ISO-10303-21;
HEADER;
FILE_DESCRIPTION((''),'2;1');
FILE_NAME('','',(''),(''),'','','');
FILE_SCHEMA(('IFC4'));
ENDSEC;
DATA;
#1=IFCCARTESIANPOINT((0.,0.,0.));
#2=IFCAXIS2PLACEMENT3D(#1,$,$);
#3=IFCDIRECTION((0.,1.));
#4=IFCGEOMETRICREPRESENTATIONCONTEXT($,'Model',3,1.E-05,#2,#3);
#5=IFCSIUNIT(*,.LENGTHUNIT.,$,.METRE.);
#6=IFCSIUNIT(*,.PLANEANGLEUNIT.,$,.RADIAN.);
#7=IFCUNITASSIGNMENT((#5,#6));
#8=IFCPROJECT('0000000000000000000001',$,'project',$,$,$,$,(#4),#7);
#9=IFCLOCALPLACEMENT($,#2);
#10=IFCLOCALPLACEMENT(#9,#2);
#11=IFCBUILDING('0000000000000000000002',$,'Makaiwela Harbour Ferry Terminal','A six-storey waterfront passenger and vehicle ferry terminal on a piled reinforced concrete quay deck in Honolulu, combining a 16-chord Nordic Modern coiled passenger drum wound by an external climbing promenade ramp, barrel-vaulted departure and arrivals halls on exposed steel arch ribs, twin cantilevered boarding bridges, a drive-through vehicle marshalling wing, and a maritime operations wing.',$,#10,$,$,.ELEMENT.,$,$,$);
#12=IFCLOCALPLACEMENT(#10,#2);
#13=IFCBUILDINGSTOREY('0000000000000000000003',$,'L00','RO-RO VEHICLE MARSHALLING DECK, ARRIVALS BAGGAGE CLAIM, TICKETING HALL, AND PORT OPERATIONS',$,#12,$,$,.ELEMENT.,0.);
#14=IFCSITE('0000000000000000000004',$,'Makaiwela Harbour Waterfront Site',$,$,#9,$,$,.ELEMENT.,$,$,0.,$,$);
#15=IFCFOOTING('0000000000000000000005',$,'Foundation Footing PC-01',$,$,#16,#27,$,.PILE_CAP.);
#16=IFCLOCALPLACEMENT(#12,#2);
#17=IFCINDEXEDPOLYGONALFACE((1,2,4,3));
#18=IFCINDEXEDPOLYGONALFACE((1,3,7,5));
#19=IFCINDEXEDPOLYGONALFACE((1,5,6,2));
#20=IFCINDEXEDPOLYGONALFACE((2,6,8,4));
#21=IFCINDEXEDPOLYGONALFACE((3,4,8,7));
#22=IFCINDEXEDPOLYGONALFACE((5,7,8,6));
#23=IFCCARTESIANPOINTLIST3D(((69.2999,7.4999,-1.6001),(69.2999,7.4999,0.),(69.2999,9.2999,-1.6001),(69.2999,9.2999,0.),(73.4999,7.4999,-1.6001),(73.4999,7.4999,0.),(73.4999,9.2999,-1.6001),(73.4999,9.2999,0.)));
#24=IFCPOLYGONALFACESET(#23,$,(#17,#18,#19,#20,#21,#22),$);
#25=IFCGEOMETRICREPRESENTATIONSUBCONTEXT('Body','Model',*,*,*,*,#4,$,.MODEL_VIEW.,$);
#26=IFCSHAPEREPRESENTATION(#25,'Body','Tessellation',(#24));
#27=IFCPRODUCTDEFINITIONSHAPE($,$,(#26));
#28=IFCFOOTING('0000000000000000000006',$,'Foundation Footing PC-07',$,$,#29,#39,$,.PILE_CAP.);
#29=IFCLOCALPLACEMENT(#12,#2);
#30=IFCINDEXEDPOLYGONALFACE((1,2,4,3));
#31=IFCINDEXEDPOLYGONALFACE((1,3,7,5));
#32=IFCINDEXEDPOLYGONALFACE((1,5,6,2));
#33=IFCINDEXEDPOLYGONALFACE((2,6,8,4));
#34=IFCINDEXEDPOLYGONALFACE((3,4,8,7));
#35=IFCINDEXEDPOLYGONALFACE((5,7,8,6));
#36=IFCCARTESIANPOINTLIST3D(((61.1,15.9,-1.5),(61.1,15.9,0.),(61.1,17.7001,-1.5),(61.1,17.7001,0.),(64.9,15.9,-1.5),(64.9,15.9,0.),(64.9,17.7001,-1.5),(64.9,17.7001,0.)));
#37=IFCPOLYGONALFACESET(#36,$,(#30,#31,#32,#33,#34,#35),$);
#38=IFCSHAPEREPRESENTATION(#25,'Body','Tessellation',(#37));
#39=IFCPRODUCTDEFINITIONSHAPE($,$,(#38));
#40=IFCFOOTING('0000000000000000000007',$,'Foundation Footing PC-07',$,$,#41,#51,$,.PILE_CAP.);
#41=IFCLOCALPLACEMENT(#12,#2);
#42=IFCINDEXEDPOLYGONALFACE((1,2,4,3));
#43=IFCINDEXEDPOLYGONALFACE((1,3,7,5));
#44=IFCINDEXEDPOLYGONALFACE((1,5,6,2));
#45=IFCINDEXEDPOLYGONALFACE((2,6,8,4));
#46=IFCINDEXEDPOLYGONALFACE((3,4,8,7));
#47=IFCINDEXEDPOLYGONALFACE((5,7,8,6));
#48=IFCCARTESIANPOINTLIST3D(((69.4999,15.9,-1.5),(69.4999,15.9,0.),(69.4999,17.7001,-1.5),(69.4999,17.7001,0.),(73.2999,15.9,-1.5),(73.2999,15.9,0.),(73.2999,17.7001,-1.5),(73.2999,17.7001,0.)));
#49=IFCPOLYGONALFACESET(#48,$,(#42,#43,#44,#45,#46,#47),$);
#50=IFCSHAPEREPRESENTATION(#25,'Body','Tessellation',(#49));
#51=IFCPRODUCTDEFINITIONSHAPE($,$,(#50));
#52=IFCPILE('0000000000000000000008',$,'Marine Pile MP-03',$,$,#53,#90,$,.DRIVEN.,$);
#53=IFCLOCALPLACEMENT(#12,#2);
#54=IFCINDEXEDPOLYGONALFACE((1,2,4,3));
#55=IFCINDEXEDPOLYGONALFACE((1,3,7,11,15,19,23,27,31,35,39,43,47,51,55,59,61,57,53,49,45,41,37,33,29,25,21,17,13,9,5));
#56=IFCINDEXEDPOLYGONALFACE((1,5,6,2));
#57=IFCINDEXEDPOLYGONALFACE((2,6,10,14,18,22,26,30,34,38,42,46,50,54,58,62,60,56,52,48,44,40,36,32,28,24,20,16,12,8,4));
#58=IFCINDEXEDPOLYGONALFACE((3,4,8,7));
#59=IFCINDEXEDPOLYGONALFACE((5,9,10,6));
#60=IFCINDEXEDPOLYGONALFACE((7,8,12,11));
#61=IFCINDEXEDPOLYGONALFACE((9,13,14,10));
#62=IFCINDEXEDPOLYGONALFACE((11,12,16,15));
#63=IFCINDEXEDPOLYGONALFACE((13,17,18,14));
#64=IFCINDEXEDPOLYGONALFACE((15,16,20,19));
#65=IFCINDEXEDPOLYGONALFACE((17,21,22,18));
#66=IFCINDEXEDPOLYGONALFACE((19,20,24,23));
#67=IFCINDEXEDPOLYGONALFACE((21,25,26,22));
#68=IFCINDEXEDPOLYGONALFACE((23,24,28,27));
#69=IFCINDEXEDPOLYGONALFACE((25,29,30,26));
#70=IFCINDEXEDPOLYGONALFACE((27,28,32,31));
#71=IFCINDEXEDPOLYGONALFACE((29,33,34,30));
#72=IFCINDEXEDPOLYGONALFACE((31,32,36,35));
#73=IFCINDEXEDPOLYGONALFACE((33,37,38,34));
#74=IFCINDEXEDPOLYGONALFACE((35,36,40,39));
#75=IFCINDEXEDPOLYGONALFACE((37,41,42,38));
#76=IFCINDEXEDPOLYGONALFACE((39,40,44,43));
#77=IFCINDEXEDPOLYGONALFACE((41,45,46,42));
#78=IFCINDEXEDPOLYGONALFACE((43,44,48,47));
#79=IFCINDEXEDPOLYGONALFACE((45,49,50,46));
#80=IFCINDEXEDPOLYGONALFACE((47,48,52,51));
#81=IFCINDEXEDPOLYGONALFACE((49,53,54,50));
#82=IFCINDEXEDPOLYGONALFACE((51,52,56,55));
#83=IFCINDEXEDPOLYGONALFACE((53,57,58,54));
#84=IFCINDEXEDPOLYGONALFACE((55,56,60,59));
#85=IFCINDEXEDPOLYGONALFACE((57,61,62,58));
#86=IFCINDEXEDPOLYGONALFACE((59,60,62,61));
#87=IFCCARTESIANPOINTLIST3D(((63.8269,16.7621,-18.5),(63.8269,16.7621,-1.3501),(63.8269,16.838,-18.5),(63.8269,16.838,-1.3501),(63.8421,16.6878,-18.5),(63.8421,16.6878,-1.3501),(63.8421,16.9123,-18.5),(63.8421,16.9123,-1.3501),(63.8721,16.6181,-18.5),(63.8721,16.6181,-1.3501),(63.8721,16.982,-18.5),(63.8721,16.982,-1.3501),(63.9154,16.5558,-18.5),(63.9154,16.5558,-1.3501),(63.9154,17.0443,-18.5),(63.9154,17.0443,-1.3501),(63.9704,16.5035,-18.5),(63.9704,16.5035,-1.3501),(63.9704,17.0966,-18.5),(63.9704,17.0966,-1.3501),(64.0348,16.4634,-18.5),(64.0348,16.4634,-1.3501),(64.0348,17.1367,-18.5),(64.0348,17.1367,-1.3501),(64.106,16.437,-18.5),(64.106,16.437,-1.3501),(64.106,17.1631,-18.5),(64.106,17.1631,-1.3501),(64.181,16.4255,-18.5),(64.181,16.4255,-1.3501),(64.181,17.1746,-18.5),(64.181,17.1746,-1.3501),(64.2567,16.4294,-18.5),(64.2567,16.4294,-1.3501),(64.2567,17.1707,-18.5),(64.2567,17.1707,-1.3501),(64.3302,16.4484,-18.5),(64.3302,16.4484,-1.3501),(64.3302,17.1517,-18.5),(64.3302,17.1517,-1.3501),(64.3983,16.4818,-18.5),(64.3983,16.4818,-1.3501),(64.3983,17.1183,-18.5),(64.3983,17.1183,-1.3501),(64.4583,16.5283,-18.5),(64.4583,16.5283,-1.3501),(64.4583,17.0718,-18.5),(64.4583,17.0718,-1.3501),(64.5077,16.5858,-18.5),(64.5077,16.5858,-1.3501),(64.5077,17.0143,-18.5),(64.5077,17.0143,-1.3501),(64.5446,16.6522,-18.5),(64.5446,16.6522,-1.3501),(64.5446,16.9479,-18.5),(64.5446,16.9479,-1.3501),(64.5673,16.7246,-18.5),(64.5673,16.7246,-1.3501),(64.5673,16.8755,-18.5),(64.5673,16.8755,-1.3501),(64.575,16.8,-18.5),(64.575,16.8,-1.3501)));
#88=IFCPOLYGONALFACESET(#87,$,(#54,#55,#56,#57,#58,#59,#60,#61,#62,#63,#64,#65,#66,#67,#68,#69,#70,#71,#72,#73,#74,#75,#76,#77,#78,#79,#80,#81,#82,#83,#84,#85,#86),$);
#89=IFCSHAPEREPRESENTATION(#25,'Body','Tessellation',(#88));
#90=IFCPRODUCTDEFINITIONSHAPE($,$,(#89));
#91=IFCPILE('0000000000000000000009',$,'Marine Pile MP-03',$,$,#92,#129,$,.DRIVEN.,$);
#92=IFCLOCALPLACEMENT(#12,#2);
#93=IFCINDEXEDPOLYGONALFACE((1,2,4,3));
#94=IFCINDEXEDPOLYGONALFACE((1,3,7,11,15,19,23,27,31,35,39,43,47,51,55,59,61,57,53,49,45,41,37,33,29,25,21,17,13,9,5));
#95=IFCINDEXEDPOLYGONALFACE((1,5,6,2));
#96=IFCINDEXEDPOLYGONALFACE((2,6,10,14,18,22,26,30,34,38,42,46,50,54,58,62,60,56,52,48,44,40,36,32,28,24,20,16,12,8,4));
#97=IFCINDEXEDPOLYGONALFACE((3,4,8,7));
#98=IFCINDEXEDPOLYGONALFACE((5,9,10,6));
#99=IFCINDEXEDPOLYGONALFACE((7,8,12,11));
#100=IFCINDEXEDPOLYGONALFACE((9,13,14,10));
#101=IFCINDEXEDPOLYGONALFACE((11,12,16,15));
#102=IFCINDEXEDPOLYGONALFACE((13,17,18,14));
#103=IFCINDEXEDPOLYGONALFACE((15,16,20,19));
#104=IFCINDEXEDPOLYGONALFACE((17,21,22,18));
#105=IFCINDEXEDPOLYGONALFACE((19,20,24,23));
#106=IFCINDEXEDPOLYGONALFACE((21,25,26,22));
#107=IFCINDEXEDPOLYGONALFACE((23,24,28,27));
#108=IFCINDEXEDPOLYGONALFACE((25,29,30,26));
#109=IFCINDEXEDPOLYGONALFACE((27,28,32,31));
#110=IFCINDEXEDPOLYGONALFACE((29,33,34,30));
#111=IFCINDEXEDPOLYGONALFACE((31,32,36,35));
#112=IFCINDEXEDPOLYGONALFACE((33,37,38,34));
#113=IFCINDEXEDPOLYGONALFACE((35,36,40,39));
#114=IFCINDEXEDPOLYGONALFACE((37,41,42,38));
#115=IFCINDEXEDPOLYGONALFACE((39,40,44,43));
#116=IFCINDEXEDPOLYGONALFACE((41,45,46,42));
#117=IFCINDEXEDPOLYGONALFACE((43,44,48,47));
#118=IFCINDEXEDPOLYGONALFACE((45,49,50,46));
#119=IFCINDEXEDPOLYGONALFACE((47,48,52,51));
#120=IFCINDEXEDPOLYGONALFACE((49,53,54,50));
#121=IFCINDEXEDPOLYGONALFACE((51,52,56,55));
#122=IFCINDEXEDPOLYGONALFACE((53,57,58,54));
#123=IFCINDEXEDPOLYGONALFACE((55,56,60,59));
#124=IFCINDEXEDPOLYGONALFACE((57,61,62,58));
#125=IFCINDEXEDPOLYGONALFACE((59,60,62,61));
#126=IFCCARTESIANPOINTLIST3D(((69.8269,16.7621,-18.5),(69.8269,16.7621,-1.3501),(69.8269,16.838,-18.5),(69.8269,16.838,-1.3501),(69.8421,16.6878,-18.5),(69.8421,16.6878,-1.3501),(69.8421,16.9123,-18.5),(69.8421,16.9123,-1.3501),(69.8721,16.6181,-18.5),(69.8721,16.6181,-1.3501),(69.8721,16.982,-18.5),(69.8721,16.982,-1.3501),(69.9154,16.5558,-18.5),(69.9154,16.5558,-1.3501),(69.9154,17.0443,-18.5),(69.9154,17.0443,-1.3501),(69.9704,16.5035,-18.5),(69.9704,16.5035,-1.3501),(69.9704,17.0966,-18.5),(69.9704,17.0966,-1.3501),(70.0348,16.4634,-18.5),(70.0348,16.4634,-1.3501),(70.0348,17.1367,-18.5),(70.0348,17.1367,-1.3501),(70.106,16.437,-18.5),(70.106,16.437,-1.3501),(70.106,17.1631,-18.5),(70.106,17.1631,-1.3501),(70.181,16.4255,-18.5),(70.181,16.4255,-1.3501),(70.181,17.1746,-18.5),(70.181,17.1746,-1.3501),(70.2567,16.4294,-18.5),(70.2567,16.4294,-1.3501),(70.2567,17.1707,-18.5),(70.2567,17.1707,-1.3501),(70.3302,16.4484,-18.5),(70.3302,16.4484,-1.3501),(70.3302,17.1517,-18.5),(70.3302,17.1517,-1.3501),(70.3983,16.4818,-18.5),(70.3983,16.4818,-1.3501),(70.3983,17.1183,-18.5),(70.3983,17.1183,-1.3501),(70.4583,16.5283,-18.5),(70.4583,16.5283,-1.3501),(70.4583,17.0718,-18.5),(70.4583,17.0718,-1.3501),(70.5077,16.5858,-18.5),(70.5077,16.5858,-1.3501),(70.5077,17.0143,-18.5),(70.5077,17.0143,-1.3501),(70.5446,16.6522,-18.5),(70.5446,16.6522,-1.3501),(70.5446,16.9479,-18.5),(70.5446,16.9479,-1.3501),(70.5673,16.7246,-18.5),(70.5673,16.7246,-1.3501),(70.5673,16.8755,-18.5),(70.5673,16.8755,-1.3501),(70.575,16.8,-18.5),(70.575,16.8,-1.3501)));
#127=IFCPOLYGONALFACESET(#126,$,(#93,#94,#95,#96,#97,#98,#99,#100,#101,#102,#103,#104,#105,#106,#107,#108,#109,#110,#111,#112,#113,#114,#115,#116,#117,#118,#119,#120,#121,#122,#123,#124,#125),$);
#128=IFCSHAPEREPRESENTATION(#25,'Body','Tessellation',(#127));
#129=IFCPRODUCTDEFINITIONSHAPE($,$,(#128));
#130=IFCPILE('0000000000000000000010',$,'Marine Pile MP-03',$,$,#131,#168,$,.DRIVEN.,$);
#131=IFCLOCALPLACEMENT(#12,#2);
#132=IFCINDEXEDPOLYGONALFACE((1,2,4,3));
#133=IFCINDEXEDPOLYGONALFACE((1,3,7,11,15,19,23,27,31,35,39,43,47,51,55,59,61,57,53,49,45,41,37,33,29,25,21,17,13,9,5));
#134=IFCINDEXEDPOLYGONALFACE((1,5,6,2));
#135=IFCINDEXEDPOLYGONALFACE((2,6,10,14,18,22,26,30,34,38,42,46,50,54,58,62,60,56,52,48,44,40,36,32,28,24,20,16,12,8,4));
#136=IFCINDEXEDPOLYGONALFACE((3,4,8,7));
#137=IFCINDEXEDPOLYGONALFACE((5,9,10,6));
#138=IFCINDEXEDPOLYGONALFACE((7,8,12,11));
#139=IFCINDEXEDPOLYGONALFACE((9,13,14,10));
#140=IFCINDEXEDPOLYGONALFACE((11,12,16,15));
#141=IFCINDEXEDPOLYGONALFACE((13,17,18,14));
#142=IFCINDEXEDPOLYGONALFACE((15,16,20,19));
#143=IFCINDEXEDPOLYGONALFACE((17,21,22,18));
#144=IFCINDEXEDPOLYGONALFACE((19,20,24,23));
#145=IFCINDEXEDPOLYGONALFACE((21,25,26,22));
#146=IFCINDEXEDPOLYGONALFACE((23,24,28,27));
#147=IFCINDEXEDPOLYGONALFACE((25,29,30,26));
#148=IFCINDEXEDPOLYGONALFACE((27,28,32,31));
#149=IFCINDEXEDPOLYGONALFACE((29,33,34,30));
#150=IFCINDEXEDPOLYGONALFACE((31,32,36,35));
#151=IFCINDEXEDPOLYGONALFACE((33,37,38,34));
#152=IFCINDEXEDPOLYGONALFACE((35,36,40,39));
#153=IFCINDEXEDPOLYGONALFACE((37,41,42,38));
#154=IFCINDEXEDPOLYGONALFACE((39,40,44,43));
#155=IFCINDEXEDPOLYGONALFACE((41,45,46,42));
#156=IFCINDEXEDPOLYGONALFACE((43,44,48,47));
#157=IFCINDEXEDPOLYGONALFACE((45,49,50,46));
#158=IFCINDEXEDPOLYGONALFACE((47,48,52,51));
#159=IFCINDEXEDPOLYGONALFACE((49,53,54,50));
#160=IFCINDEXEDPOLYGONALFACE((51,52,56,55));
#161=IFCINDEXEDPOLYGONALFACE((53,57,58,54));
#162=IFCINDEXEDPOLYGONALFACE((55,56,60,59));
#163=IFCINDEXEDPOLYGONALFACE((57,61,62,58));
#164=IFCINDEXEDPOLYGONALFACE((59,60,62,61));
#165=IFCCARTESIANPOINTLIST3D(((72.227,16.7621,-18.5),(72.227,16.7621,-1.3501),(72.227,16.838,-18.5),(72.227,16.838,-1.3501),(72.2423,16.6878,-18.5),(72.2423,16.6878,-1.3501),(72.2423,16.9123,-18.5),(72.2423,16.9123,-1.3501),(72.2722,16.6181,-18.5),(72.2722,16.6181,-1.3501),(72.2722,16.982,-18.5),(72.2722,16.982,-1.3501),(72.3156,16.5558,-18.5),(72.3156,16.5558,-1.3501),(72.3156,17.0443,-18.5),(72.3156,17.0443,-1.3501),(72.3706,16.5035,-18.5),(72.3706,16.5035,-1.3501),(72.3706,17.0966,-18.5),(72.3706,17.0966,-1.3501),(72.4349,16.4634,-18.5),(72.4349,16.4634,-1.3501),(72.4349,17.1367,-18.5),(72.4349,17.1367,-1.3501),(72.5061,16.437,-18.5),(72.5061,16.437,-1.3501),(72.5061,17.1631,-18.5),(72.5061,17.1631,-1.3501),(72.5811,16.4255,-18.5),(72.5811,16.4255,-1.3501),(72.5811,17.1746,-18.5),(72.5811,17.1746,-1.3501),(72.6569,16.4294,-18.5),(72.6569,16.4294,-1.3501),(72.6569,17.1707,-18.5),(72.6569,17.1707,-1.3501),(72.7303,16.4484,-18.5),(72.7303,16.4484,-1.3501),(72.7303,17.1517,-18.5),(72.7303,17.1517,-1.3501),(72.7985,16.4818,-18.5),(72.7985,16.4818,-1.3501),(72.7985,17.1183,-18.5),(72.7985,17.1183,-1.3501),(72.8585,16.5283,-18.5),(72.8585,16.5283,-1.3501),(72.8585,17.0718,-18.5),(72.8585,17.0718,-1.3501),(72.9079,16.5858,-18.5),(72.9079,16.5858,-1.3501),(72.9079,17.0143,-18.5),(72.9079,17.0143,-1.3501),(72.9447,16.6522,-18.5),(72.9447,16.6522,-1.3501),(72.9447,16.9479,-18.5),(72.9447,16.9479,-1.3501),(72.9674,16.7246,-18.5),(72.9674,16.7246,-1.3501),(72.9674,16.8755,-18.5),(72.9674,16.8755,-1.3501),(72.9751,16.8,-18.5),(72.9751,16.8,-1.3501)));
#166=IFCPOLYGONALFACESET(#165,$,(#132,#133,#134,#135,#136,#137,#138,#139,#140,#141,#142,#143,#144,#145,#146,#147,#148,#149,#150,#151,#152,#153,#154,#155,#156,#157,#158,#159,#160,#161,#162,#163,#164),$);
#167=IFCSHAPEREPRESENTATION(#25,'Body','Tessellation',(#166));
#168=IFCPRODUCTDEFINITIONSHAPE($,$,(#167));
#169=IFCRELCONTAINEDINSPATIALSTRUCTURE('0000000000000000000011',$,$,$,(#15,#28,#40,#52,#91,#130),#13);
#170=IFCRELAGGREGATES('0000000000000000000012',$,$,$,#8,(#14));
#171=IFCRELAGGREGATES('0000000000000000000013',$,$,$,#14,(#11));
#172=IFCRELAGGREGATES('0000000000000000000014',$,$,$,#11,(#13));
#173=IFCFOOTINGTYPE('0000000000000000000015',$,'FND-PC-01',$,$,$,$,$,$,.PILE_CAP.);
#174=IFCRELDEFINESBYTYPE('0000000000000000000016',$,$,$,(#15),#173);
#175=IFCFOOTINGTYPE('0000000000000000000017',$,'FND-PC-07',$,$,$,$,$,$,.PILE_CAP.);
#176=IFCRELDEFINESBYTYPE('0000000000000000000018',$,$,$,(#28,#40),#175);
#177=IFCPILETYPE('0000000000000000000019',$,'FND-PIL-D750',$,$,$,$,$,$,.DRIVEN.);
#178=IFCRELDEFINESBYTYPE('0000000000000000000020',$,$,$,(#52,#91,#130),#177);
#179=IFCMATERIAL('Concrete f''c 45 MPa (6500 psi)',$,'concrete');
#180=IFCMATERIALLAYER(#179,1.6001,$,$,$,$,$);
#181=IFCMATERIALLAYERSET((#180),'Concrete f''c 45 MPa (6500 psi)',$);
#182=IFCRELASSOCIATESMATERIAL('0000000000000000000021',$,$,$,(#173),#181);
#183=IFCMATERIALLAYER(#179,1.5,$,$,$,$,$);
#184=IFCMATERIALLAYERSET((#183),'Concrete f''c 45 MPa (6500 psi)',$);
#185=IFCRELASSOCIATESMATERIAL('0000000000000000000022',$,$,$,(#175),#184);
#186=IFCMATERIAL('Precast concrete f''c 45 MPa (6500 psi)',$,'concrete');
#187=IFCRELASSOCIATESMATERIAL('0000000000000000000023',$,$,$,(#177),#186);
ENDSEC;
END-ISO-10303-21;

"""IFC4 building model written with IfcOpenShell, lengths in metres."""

from ifc_helpers import new_model, si_unit, direction, frame, origin, origin_2d, place, context, subcontext, project, spatial, rectangle, circle, extrude, material, layer, layer_set, material_profile, profile_set, type_object, element, save


model = new_model("IFC4")

# Units and contexts
model_context = context("Model", 3, precision=1e-05, world=origin(), true_north=direction((0.0, 1.0)))
body_context = subcontext(model_context, "Body", "Model", "MODEL_VIEW")
ifc_project = project(units=[si_unit("LENGTHUNIT", "METRE"), si_unit("PLANEANGLEUNIT", "RADIAN")], contexts=[model_context])

# Site, building, storey
site_placement = place(None, origin())
site = spatial("IfcSite", under=ifc_project, at=site_placement, Name="Makaiwela Harbour Waterfront Site", CompositionType="ELEMENT", RefElevation=0.0)
building_placement = place(site_placement, origin())
building = spatial("IfcBuilding", under=site, at=building_placement, Name="Makaiwela Harbour Ferry Terminal", Description="A six-storey waterfront passenger and vehicle ferry terminal on a piled reinforced concrete quay deck in Honolulu, combining a 16-chord Nordic Modern coiled passenger drum wound by an external climbing promenade ramp, barrel-vaulted departure and arrivals halls on exposed steel arch ribs, twin cantilevered boarding bridges, a drive-through vehicle marshalling wing, and a maritime operations wing.", CompositionType="ELEMENT")
storey_placement = place(building_placement, origin())
storey = spatial("IfcBuildingStorey", under=building, at=storey_placement, Name="L00", Description="RO-RO VEHICLE MARSHALLING DECK, ARRIVALS BAGGAGE CLAIM, TICKETING HALL, AND PORT OPERATIONS", CompositionType="ELEMENT", Elevation=0.0)

# Footings
ifc_material_1 = material(Name="Concrete f'c 45 MPa (6500 psi)", Category="concrete")
ifc_layer_1 = layer(ifc_material_1, 1.6001)
ifc_layer_set_1 = layer_set([ifc_layer_1], Name="Concrete f'c 45 MPa (6500 psi)")
footing_type_1 = type_object("IfcFootingType", Name="FND-PC-01", PredefinedType="PILE_CAP", material=ifc_layer_set_1)
footing_1_placement = place(storey_placement, frame((71.3999, 8.3999, -1.6001), z_axis=(0.0, 0.0, 1.0), x_axis=(1.0, 0.0, 0.0)))
element("IfcFooting", 1, at=footing_1_placement, inside=storey, type_object=footing_type_1, Name="Foundation Footing PC-01", PredefinedType="PILE_CAP", context=body_context, shape_type="SweptSolid", body=[
    extrude(rectangle(XDim=4.2, YDim=1.8, at=origin_2d()), origin(), (0.0, 0.0, 1.0), 1.6001),
])
ifc_layer_2 = layer(ifc_material_1, 1.5)
ifc_layer_set_2 = layer_set([ifc_layer_2], Name="Concrete f'c 45 MPa (6500 psi)")
footing_type_2 = type_object("IfcFootingType", Name="FND-PC-07", PredefinedType="PILE_CAP", material=ifc_layer_set_2)
for number, where, z_axis, x_axis, name in (
    (2, (63.0, 16.8, -1.5), (0.0, 0.0, 1.0), (1.0, 0.0, 0.0), "Foundation Footing PC-07"),
    (3, (71.3999, 16.8, -1.5), (0.0, 0.0, 1.0), (1.0, 0.0, 0.0), "Foundation Footing PC-07"),
):
    element("IfcFooting", number, at=place(storey_placement, frame(where, z_axis=z_axis, x_axis=x_axis)), inside=storey, type_object=footing_type_2, Name=name, PredefinedType="PILE_CAP", context=body_context, shape_type="SweptSolid", body=[
        extrude(rectangle(XDim=3.8, YDim=1.8, at=origin_2d()), origin(), (0.0, 0.0, 1.0), 1.5),
    ])

# Piles
ifc_material_2 = material(Name="Precast concrete f'c 45 MPa (6500 psi)", Category="concrete")
ifc_material_profile_1 = material_profile(ifc_material_2, circle(Radius=0.375, at=origin_2d()), Name="PILE-D750")
ifc_profile_set_1 = profile_set([ifc_material_profile_1], Name="Precast concrete f'c 45 MPa (6500 psi)")
pile_type_1 = type_object("IfcPileType", Name="FND-PIL-D750", PredefinedType="DRIVEN", material=ifc_profile_set_1)
for number, where, z_axis, x_axis, name in (
    (4, (64.2, 16.8, -1.3501), (0.0, 0.0, -1.0), (1.0, 0.0, 0.0), "Marine Pile MP-03"),
    (5, (70.2, 16.8, -1.3501), (0.0, 0.0, -1.0), (1.0, 0.0, 0.0), "Marine Pile MP-03"),
    (6, (72.6001, 16.8, -1.3501), (0.0, 0.0, -1.0), (1.0, 0.0, 0.0), "Marine Pile MP-03"),
):
    element("IfcPile", number, at=place(storey_placement, frame(where, z_axis=z_axis, x_axis=x_axis)), inside=storey, type_object=pile_type_1, Name=name, PredefinedType="DRIVEN", context=body_context, shape_type="SweptSolid", body=[
        extrude(circle(Radius=0.375, at=origin_2d()), origin(), (0.0, 0.0, 1.0), 17.1499),
    ])

save(model, "model.ifc")
